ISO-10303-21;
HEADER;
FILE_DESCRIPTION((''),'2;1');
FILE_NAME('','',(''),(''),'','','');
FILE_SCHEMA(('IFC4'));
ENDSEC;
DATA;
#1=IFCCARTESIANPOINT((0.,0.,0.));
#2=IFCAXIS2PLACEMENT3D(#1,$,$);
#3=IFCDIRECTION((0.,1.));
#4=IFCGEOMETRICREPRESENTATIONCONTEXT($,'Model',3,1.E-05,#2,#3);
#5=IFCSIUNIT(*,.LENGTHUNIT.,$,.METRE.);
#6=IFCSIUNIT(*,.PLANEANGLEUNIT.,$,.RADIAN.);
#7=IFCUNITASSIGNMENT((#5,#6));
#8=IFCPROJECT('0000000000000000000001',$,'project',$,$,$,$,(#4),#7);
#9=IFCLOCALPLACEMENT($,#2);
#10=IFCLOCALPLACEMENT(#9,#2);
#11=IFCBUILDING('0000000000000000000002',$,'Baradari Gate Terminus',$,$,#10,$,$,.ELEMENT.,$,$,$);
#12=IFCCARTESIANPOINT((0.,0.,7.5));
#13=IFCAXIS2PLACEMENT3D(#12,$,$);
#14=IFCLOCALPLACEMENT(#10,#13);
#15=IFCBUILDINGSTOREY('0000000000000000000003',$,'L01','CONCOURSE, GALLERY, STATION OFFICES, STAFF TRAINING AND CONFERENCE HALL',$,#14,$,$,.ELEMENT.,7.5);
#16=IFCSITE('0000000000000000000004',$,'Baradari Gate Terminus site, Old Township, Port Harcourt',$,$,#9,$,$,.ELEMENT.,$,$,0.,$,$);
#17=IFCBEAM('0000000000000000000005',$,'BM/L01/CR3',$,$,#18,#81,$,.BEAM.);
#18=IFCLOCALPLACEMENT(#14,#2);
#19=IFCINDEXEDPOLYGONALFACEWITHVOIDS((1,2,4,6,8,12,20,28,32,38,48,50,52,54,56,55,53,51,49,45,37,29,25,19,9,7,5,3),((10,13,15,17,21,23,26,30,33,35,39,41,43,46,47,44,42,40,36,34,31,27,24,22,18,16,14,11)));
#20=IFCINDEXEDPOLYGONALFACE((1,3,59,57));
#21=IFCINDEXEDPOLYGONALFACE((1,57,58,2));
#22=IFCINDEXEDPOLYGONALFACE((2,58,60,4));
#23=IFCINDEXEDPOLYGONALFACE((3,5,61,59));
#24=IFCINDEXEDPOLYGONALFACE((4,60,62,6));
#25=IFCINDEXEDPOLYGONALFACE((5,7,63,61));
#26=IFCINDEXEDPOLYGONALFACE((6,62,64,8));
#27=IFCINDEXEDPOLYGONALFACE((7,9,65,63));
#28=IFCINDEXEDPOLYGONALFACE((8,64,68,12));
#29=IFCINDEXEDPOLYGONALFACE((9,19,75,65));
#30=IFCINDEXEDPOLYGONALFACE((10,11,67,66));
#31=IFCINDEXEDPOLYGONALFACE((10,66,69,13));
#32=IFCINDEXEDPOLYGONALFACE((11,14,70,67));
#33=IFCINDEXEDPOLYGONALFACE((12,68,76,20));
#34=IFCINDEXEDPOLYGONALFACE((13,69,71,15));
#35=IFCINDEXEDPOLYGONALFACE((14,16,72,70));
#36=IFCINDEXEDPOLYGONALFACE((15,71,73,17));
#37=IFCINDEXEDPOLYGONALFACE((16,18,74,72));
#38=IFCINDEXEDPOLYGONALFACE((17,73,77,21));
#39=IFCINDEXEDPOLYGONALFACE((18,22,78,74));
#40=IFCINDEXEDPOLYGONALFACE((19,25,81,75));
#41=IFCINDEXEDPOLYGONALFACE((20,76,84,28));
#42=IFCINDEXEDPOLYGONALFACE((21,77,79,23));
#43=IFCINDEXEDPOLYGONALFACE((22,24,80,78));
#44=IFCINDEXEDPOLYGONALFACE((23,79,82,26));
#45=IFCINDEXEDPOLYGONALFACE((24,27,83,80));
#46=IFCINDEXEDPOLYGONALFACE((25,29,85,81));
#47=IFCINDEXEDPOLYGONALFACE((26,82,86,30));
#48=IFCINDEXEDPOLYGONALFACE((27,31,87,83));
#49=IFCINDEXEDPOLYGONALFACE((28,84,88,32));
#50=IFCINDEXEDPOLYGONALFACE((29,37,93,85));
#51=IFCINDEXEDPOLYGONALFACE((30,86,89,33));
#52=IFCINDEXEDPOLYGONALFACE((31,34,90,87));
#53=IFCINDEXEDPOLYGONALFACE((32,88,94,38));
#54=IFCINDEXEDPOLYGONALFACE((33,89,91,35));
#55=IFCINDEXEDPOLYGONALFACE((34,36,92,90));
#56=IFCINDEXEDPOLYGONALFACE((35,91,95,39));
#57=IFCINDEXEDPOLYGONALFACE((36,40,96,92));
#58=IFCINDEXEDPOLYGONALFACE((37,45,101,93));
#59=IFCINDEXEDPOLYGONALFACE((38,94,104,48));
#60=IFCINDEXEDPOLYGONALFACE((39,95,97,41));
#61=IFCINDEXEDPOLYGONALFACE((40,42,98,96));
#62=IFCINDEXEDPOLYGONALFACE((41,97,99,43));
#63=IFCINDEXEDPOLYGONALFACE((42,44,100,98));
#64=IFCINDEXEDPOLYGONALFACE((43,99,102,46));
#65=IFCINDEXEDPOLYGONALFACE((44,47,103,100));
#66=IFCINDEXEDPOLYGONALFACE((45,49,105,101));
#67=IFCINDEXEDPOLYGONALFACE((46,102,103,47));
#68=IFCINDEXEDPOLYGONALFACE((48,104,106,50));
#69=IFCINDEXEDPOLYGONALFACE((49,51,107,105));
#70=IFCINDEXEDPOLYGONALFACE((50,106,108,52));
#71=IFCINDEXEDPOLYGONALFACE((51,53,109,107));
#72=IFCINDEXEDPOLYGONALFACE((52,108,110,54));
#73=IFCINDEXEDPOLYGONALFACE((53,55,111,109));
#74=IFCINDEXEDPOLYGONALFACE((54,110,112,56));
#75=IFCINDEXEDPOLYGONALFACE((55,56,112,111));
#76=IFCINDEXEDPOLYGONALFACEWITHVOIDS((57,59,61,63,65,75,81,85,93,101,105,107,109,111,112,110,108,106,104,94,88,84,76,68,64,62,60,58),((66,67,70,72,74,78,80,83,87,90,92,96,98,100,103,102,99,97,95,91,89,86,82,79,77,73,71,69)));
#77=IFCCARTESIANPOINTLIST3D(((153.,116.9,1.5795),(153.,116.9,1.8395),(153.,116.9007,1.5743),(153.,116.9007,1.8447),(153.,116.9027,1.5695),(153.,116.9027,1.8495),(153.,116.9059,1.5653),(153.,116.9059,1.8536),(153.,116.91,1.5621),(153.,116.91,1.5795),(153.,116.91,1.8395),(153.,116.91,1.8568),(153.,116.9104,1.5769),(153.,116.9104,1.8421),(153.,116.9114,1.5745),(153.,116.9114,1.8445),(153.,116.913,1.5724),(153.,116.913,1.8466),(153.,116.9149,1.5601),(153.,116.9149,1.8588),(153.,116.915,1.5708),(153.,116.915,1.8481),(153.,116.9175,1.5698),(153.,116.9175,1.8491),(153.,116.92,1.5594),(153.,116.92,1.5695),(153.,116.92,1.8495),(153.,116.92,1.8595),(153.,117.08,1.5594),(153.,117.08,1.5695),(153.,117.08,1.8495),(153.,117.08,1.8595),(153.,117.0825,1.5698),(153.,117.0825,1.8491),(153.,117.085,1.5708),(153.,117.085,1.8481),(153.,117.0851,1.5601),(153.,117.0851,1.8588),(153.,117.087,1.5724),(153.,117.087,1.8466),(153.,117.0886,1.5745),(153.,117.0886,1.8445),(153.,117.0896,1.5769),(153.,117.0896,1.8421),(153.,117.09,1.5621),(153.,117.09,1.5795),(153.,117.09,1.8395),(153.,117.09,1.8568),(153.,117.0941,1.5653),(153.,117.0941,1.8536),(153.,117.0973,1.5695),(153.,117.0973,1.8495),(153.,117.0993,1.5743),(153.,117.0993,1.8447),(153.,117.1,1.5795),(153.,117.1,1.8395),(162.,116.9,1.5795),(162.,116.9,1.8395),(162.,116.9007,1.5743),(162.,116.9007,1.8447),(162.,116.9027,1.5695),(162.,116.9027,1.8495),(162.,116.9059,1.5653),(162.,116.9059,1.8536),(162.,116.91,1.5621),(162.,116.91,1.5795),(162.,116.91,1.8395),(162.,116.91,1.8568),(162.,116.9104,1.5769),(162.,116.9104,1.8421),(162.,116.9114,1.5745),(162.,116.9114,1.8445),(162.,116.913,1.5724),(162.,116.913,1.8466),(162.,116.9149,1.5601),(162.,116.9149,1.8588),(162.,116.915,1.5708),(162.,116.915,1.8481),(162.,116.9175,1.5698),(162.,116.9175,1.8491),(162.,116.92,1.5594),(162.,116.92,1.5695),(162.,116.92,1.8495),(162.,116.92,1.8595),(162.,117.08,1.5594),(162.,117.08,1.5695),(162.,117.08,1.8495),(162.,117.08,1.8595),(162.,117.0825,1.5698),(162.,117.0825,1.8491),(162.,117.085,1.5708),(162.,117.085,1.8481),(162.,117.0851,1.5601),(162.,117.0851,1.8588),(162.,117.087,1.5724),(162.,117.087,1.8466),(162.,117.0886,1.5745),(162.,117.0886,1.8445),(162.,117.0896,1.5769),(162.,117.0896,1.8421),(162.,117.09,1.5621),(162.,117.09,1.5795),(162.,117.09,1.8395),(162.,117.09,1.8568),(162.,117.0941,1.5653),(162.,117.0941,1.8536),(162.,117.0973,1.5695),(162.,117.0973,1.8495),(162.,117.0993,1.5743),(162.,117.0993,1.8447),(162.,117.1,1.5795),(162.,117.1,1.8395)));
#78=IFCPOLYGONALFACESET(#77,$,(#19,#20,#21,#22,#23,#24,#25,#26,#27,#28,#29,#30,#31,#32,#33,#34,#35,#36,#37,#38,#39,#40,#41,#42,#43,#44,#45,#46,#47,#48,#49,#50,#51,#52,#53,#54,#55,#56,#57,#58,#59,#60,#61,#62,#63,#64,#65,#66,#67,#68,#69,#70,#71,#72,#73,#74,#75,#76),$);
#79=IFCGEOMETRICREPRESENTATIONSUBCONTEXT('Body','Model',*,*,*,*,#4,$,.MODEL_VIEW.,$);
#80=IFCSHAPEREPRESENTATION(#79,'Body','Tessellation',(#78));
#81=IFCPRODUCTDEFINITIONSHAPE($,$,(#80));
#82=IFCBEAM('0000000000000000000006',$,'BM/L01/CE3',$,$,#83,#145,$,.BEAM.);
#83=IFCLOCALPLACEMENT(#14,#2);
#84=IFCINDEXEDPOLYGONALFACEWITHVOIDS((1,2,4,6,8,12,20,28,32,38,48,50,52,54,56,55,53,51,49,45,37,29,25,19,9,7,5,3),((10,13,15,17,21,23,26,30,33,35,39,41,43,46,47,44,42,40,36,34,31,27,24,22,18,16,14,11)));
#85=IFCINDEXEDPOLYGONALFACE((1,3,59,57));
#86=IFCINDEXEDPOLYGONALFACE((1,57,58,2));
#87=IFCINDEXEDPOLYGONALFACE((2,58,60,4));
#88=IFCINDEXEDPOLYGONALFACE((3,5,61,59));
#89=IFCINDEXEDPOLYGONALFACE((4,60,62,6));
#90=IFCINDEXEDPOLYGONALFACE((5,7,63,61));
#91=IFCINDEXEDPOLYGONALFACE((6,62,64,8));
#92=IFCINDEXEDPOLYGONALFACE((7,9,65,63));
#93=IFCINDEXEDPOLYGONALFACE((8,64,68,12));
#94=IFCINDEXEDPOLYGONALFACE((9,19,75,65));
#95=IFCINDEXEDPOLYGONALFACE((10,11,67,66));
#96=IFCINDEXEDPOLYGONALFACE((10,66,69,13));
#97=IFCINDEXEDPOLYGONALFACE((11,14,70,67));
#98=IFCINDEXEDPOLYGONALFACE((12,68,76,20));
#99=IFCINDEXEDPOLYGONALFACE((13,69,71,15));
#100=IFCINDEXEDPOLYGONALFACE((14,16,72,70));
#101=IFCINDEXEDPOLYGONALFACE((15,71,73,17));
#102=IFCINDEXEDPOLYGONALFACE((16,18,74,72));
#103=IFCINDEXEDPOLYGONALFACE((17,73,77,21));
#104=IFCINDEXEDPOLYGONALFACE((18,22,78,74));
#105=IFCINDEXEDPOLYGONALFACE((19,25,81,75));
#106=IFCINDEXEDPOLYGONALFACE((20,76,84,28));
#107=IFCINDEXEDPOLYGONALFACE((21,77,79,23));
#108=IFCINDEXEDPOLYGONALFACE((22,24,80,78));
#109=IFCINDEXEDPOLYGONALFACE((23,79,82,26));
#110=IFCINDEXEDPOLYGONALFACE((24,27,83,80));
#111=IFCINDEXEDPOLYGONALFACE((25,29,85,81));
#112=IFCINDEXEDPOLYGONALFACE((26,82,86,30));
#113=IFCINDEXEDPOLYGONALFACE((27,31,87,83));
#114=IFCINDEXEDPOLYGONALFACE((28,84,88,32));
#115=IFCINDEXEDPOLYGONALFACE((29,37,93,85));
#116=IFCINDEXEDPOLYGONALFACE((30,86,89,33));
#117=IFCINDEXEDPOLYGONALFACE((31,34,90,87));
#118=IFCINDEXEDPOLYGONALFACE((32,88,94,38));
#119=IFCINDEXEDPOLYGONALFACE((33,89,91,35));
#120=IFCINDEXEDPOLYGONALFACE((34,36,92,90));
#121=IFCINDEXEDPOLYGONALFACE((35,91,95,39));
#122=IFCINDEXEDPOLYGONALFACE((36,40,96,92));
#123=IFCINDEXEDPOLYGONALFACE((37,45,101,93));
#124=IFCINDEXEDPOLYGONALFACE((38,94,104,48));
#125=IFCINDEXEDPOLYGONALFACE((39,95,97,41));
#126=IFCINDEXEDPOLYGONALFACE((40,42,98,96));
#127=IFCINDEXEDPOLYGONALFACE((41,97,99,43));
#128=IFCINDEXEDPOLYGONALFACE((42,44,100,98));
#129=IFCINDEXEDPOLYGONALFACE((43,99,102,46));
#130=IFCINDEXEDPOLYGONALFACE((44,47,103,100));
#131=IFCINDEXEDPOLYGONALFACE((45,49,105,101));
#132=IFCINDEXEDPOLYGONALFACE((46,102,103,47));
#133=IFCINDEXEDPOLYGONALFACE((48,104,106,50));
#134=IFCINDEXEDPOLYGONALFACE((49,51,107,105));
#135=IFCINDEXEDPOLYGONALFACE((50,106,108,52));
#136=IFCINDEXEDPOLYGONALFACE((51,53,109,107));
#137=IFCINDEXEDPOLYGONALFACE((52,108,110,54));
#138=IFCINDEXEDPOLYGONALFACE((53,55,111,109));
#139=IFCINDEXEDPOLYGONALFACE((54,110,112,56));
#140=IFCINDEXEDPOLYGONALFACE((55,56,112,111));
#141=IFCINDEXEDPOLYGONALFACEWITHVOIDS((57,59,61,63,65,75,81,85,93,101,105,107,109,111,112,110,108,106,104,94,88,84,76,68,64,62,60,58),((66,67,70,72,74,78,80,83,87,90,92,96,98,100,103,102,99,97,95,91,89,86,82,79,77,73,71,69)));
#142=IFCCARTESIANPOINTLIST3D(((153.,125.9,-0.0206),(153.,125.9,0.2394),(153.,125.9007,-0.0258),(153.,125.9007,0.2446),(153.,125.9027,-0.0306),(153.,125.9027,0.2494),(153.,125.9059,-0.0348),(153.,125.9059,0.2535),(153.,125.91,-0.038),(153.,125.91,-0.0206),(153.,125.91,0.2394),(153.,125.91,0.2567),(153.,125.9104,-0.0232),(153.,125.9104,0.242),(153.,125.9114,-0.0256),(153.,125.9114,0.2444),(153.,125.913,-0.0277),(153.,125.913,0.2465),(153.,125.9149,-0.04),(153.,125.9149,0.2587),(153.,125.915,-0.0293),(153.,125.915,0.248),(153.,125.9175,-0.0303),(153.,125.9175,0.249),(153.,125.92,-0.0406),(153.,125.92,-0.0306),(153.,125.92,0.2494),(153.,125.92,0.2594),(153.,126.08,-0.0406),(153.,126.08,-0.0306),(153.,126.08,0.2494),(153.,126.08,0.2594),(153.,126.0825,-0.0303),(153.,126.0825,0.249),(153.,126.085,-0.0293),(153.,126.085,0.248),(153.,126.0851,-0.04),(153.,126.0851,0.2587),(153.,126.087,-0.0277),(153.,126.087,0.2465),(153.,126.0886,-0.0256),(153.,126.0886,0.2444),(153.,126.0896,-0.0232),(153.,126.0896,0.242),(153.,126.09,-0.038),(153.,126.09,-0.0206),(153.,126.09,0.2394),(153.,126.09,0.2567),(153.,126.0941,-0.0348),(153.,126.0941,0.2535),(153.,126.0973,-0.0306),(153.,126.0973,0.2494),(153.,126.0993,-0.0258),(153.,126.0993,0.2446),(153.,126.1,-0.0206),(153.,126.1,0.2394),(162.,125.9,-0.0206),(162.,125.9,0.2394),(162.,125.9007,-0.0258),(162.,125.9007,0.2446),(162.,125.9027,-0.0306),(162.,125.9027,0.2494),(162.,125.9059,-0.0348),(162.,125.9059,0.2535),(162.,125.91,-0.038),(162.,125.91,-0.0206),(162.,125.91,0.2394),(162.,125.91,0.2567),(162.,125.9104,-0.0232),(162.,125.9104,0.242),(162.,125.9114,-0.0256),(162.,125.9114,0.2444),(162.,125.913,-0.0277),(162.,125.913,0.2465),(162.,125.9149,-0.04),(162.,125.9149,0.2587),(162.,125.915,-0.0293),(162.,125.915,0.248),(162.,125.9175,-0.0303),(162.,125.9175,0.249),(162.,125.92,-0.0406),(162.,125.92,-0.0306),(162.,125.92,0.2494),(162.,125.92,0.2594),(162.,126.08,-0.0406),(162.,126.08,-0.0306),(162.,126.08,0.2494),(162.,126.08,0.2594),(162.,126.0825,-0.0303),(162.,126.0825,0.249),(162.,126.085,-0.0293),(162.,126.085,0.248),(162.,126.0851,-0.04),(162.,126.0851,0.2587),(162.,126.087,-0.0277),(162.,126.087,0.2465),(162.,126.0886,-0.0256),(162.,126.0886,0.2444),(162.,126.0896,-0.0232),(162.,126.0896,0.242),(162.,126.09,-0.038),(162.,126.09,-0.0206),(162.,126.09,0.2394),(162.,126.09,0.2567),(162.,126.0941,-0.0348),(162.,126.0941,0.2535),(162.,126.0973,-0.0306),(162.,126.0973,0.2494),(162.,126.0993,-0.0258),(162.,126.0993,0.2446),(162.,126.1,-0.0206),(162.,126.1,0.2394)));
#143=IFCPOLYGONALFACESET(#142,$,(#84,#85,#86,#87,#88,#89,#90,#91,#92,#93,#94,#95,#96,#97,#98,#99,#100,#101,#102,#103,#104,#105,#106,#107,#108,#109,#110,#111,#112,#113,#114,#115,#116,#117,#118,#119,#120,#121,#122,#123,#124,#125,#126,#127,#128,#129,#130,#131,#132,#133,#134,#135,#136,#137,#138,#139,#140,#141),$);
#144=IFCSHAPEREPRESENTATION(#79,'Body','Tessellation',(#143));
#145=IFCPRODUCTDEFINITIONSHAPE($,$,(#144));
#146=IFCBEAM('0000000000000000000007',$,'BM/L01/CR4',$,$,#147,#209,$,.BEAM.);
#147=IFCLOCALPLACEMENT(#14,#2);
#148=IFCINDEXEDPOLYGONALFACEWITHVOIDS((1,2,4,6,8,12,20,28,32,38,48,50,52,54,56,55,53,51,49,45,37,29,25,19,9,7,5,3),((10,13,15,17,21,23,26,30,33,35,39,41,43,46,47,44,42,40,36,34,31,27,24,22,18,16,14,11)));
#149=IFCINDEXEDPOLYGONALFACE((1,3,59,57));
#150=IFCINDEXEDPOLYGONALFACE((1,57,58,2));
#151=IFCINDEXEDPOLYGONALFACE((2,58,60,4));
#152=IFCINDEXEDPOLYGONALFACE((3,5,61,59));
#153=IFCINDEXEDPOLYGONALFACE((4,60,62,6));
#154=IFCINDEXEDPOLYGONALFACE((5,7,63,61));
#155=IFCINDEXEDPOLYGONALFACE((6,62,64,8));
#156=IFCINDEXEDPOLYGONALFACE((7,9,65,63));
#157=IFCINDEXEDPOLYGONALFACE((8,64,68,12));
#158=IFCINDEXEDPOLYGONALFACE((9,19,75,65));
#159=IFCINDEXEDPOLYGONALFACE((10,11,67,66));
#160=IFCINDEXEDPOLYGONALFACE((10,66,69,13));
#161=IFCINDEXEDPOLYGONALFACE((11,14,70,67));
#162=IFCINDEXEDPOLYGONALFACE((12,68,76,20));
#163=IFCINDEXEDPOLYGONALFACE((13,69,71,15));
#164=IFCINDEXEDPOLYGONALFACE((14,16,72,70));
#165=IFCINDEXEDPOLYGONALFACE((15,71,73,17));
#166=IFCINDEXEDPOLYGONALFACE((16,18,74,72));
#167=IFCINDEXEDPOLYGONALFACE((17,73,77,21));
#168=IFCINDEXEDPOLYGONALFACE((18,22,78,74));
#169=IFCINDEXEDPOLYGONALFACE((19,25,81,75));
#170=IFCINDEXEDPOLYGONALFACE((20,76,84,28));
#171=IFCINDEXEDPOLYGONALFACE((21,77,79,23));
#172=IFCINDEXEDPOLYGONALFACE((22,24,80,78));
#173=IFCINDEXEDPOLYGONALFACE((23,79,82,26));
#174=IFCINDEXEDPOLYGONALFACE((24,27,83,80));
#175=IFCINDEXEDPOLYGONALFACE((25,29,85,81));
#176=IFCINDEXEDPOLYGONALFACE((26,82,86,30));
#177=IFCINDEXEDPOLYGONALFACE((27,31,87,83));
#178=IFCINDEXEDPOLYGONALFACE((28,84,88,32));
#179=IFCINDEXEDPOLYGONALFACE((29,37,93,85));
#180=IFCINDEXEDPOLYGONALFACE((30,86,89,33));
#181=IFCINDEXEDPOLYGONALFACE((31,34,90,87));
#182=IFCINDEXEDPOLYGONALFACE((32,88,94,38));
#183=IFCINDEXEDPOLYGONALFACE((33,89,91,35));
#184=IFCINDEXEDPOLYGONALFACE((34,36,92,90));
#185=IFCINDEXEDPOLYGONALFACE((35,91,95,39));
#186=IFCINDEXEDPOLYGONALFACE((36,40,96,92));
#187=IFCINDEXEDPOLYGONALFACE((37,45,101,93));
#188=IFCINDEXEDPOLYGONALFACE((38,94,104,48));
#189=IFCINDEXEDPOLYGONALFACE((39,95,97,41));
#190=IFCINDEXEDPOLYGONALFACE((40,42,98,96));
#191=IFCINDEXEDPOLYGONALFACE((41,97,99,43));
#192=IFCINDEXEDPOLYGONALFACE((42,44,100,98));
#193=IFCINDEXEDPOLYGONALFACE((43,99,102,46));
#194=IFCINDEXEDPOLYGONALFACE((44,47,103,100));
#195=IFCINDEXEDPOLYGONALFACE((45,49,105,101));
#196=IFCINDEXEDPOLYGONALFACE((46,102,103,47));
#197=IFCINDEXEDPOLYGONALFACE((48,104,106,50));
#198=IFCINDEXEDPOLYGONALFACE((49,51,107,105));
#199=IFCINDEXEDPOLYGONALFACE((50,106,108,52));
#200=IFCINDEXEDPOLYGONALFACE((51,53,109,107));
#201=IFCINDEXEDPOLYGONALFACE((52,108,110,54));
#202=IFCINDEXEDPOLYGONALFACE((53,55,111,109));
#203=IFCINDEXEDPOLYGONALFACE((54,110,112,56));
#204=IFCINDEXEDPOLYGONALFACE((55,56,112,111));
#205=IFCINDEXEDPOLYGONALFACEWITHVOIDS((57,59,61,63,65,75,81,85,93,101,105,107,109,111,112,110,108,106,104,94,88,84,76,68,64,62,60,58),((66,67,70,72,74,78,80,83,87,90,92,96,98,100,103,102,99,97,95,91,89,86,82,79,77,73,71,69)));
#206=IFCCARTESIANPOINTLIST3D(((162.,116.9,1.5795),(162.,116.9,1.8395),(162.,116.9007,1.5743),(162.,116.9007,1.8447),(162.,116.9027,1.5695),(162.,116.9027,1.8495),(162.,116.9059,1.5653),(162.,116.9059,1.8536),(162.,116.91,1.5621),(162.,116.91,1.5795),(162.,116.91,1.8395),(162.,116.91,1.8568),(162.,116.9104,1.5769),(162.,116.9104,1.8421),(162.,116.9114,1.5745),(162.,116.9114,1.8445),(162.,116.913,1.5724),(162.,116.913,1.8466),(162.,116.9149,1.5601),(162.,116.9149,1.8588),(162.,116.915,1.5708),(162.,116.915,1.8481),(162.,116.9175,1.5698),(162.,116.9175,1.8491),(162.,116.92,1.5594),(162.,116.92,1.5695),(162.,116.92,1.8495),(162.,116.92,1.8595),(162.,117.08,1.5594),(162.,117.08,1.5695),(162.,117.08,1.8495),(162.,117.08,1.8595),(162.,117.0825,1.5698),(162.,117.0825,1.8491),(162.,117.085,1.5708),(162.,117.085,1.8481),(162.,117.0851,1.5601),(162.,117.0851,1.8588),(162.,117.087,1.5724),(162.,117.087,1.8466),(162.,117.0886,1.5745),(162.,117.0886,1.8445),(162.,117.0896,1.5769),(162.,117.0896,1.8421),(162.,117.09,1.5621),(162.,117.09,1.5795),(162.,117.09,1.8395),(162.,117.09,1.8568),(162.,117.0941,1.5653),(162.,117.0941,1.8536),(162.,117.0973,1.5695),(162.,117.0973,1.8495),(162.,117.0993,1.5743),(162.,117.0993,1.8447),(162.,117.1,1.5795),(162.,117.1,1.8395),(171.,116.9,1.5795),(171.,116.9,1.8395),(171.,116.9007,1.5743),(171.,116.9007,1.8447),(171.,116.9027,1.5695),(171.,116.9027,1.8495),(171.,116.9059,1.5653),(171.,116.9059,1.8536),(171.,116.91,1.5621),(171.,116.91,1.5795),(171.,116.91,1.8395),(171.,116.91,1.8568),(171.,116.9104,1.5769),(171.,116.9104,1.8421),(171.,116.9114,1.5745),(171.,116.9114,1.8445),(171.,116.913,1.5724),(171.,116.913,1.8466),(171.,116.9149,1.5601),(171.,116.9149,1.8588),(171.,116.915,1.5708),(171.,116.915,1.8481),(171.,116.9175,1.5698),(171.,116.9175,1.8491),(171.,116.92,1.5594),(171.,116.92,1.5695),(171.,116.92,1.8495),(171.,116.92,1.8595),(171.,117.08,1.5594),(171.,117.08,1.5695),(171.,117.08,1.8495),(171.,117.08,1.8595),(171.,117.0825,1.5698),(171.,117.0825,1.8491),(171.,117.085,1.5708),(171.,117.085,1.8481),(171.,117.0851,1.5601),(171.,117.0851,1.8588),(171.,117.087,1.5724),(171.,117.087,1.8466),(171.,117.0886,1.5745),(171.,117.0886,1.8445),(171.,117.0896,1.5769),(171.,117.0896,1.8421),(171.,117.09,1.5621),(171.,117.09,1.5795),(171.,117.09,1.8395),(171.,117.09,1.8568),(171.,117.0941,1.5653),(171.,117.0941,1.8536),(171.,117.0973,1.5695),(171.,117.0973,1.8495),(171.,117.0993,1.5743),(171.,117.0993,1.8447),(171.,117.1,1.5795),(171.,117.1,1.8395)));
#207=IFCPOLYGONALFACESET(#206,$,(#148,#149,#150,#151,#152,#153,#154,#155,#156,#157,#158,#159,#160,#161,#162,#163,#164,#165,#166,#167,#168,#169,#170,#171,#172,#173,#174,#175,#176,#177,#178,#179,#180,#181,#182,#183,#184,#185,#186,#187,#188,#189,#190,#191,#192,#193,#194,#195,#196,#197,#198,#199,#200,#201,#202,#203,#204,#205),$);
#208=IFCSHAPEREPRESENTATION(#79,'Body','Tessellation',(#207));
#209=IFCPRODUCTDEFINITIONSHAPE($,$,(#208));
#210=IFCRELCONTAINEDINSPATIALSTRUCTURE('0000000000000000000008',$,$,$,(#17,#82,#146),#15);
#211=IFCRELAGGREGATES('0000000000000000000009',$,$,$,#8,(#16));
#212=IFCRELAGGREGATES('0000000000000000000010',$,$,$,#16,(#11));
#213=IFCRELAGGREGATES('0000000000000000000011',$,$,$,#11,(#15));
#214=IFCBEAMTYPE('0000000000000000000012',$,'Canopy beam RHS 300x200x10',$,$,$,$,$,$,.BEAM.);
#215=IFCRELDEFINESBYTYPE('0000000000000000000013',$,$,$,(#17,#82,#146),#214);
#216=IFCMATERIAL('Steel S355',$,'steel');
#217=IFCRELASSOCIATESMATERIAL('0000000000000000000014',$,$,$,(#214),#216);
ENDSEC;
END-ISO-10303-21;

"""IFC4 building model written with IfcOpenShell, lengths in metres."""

from ifc_helpers import new_model, si_unit, direction, frame, origin, origin_2d, place, context, subcontext, project, spatial, hollow_rectangle, extrude, material, material_profile, profile_set, type_object, element, save


model = new_model("IFC4")

# Units and contexts
model_context = context("Model", 3, precision=1e-05, world=origin(), true_north=direction((0.0, 1.0)))
body_context = subcontext(model_context, "Body", "Model", "MODEL_VIEW")
ifc_project = project(units=[si_unit("LENGTHUNIT", "METRE"), si_unit("PLANEANGLEUNIT", "RADIAN")], contexts=[model_context])

# Site, building, storey
site_placement = place(None, origin())
site = spatial("IfcSite", under=ifc_project, at=site_placement, Name="Baradari Gate Terminus site, Old Township, Port Harcourt", CompositionType="ELEMENT", RefElevation=0.0)
building_placement = place(site_placement, origin())
building = spatial("IfcBuilding", under=site, at=building_placement, Name="Baradari Gate Terminus", CompositionType="ELEMENT")
storey_placement = place(building_placement, frame((0.0, 0.0, 7.5)))
storey = spatial("IfcBuildingStorey", under=building, at=storey_placement, Name="L01", Description="CONCOURSE, GALLERY, STATION OFFICES, STAFF TRAINING AND CONFERENCE HALL", CompositionType="ELEMENT", Elevation=7.5)

# Beams
ifc_material_1 = material(Name="Steel S355", Category="steel")
ifc_material_profile_1 = material_profile(ifc_material_1, hollow_rectangle(XDim=0.2, YDim=0.3, WallThickness=0.01, InnerFilletRadius=0.01, OuterFilletRadius=0.02, at=origin_2d()), Name="RHS 300x200x10")
ifc_profile_set_1 = profile_set([ifc_material_profile_1], Name="Steel S355")
beam_type_1 = type_object("IfcBeamType", Name="Canopy beam RHS 300x200x10", PredefinedType="BEAM", material=ifc_profile_set_1)
for number, where, z_axis, x_axis, name in (
    (1, (153.0, 117.0, 1.7095), (1.0, 0.0, 0.0), (0.0, 1.0, 0.0), "BM/L01/CR3"),
    (2, (153.0, 126.0, 0.1094), (1.0, 0.0, 0.0), (0.0, 1.0, 0.0), "BM/L01/CE3"),
    (3, (162.0, 117.0, 1.7095), (1.0, 0.0, 0.0), (0.0, 1.0, 0.0), "BM/L01/CR4"),
):
    element("IfcBeam", number, at=place(storey_placement, frame(where, z_axis=z_axis, x_axis=x_axis)), inside=storey, type_object=beam_type_1, Name=name, PredefinedType="BEAM", context=body_context, shape_type="SweptSolid", body=[
        extrude(hollow_rectangle(XDim=0.2, YDim=0.3, WallThickness=0.01, InnerFilletRadius=0.01, OuterFilletRadius=0.02, at=origin_2d()), origin(), (0.0, 0.0, 1.0), 9.0),
    ])

save(model, "model.ifc")
